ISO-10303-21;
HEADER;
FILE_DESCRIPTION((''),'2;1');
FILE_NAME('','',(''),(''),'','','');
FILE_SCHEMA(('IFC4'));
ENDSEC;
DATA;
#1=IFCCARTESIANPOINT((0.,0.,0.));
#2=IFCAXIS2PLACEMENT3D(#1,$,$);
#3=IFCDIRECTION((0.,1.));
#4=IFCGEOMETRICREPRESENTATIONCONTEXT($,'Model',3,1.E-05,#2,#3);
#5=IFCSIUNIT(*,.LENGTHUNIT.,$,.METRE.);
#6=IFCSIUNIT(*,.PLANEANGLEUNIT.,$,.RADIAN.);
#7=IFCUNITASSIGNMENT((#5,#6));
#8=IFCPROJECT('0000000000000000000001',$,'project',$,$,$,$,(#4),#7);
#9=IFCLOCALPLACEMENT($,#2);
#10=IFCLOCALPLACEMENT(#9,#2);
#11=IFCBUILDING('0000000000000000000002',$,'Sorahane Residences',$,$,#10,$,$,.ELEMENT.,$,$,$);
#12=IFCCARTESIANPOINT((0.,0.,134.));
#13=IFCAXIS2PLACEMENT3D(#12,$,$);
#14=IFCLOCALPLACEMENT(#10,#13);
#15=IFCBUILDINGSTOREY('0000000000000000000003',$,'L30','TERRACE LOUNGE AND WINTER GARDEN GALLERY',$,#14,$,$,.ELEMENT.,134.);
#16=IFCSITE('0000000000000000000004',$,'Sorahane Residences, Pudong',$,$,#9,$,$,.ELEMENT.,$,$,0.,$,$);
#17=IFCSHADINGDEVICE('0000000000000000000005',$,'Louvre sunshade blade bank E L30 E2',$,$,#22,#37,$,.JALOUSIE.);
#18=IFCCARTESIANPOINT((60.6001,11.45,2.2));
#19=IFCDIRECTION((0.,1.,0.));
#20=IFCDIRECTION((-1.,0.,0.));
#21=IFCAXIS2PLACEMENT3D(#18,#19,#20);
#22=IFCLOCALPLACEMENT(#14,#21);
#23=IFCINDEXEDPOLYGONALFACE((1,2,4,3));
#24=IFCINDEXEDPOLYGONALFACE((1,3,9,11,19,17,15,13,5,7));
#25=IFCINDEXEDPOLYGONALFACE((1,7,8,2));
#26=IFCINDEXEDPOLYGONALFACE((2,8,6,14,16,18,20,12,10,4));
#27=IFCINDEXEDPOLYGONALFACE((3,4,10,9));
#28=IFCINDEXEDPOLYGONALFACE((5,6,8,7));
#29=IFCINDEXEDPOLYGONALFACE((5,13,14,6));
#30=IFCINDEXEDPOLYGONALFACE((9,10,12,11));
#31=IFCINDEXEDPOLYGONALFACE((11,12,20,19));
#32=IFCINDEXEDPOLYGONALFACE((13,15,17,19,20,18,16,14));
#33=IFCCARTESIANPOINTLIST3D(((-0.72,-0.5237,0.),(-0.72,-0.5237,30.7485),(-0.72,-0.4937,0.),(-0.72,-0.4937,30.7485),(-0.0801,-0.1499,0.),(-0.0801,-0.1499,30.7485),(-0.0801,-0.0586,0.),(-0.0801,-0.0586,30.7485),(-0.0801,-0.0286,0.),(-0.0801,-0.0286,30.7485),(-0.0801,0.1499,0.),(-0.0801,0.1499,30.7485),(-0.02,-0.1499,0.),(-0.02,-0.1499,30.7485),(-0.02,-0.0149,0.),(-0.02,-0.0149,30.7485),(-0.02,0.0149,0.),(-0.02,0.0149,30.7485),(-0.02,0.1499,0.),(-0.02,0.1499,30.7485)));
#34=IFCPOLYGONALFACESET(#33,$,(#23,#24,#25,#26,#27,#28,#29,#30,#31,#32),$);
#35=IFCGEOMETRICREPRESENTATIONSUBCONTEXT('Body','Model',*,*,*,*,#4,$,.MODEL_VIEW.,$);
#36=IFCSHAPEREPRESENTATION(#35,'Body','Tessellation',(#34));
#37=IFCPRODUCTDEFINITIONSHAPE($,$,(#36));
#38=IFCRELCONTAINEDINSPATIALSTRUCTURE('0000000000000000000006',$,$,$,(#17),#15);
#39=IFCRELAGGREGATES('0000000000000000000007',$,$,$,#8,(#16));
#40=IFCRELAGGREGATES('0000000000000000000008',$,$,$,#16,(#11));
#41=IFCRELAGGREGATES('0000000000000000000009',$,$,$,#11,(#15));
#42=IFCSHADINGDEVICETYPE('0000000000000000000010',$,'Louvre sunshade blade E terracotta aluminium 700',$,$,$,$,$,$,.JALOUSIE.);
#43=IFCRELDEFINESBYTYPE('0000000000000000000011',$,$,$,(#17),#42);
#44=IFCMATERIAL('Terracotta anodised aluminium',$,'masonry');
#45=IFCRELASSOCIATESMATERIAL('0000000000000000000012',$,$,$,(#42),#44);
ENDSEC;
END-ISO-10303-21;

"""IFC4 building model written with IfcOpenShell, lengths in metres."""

from ifc_helpers import new_model, si_unit, direction, frame, origin, place, context, subcontext, project, spatial, polyline, outline, extrude, material, type_object, element, save


model = new_model("IFC4")

# Units and contexts
model_context = context("Model", 3, precision=1e-05, world=origin(), true_north=direction((0.0, 1.0)))
body_context = subcontext(model_context, "Body", "Model", "MODEL_VIEW")
ifc_project = project(units=[si_unit("LENGTHUNIT", "METRE"), si_unit("PLANEANGLEUNIT", "RADIAN")], contexts=[model_context])

# Site, building, storey
site_placement = place(None, origin())
site = spatial("IfcSite", under=ifc_project, at=site_placement, Name="Sorahane Residences, Pudong", CompositionType="ELEMENT", RefElevation=0.0)
building_placement = place(site_placement, origin())
building = spatial("IfcBuilding", under=site, at=building_placement, Name="Sorahane Residences", CompositionType="ELEMENT")
storey_placement = place(building_placement, frame((0.0, 0.0, 134.0)))
storey = spatial("IfcBuildingStorey", under=building, at=storey_placement, Name="L30", Description="TERRACE LOUNGE AND WINTER GARDEN GALLERY", CompositionType="ELEMENT", Elevation=134.0)

# Shading device
ifc_material_1 = material(Name="Terracotta anodised aluminium", Category="masonry")
shading_device_type = type_object("IfcShadingDeviceType", Name="Louvre sunshade blade E terracotta aluminium 700", PredefinedType="JALOUSIE", material=ifc_material_1)
shading_device_placement = place(storey_placement, frame((60.6001, 11.45, 2.2), z_axis=(0.0, 1.0, 0.0), x_axis=(-1.0, 0.0, 0.0)))
element("IfcShadingDevice", 1, at=shading_device_placement, inside=storey, type_object=shading_device_type, Name="Louvre sunshade blade bank E L30 E2", PredefinedType="JALOUSIE", context=body_context, shape_type="SweptSolid", body=[
    extrude(outline(polyline([(-0.72, -0.4937), (-0.72, -0.5237), (-0.0801, -0.0586), (-0.0801, -0.1499), (-0.02, -0.1499), (-0.02, -0.0149), (-0.02, 0.0149), (-0.02, 0.1499), (-0.0801, 0.1499), (-0.0801, -0.0286), (-0.72, -0.4937)])), origin(), (0.0, 0.0, 1.0), 30.7485),
])

save(model, "model.ifc")
